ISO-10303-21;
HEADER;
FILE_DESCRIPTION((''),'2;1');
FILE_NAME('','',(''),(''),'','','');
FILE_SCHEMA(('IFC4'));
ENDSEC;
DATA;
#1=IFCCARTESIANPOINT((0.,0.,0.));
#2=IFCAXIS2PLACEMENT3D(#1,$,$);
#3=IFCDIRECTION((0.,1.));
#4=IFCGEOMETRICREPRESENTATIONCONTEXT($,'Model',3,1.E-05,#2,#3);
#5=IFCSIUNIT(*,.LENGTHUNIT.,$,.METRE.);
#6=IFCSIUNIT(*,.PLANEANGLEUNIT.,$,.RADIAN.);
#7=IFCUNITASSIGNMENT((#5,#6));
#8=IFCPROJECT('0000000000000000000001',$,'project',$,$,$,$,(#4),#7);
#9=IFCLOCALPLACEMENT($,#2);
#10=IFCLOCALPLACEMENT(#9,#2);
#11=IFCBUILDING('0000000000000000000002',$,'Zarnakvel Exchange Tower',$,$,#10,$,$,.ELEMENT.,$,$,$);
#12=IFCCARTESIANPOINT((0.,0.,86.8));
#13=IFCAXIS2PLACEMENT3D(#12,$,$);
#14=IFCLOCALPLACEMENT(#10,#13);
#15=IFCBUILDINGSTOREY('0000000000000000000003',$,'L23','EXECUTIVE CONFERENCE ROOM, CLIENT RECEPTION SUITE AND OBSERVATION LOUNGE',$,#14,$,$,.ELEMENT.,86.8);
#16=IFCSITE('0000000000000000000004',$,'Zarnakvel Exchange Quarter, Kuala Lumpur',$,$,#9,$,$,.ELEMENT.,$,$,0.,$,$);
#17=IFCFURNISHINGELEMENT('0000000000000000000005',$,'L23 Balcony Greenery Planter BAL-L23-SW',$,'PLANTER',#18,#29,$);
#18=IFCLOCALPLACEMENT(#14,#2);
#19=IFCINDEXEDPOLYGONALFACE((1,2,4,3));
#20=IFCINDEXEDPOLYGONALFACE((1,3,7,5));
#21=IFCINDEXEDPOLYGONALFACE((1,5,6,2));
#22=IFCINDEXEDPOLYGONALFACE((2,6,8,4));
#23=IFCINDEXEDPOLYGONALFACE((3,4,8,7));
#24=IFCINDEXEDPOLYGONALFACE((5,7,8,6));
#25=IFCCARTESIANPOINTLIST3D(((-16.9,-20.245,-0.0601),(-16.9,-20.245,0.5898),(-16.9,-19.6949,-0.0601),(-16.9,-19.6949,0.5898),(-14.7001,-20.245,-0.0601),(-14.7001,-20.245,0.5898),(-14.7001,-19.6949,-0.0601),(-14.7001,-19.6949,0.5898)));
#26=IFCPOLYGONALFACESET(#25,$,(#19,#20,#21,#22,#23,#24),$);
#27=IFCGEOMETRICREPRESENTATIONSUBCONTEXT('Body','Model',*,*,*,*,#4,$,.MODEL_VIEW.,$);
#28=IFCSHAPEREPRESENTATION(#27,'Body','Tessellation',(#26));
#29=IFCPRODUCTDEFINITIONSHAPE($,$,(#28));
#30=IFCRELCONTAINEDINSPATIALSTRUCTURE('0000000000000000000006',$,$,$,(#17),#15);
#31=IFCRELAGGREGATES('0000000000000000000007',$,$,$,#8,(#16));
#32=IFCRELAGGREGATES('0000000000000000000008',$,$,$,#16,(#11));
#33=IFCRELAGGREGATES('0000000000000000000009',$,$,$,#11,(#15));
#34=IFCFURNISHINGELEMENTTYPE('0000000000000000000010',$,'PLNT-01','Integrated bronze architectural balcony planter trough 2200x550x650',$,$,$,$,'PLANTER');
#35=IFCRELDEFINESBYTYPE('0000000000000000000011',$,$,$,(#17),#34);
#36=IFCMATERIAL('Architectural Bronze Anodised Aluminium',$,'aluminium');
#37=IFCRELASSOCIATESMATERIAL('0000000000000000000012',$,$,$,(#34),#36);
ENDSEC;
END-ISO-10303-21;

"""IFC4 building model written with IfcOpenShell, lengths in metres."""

from ifc_helpers import new_model, si_unit, direction, frame, origin, origin_2d, place, context, subcontext, project, spatial, rectangle, extrude, source, transform, mapped, material, type_object, element, save


model = new_model("IFC4")

# Units and contexts
model_context = context("Model", 3, precision=1e-05, world=origin(), true_north=direction((0.0, 1.0)))
body_context = subcontext(model_context, "Body", "Model", "MODEL_VIEW")
ifc_project = project(units=[si_unit("LENGTHUNIT", "METRE"), si_unit("PLANEANGLEUNIT", "RADIAN")], contexts=[model_context])

# Site, building, storey
site_placement = place(None, origin())
site = spatial("IfcSite", under=ifc_project, at=site_placement, Name="Zarnakvel Exchange Quarter, Kuala Lumpur", CompositionType="ELEMENT", RefElevation=0.0)
building_placement = place(site_placement, origin())
building = spatial("IfcBuilding", under=site, at=building_placement, Name="Zarnakvel Exchange Tower", CompositionType="ELEMENT")
storey_placement = place(building_placement, frame((0.0, 0.0, 86.8)))
storey = spatial("IfcBuildingStorey", under=building, at=storey_placement, Name="L23", Description="EXECUTIVE CONFERENCE ROOM, CLIENT RECEPTION SUITE AND OBSERVATION LOUNGE", CompositionType="ELEMENT", Elevation=86.8)

# Shared definitions
ifc_material_1 = material(Name="Architectural Bronze Anodised Aluminium", Category="aluminium")

# Furnishing element
furnishing_element_type = type_object("IfcFurnishingElementType", Name="PLNT-01", Description="Integrated bronze architectural balcony planter trough 2200x550x650", ElementType="PLANTER", material=ifc_material_1)
shared_shape_1 = source(origin(), body_context, "Body", "SweptSolid", [
    extrude(rectangle(XDim=2.2, YDim=0.55, at=origin_2d()), origin(), (0.0, 0.0, 1.0), 0.6499),
])
furnishing_placement = place(storey_placement, frame((-15.8, -19.97, -0.0601), z_axis=(0.0, 0.0, 1.0), x_axis=(1.0, 0.0, 0.0)))
element("IfcFurnishingElement", 1, at=furnishing_placement, inside=storey, type_object=furnishing_element_type, Name="L23 Balcony Greenery Planter BAL-L23-SW", ObjectType="PLANTER", context=body_context, shape_type="MappedRepresentation", body=[
    mapped(shared_shape_1, transform((0.0, 0.0, 0.0), x_axis=(1.0, 0.0, 0.0), y_axis=(0.0, 1.0, 0.0), z_axis=(0.0, 0.0, 1.0), scale=1.0)),
])

save(model, "model.ifc")
